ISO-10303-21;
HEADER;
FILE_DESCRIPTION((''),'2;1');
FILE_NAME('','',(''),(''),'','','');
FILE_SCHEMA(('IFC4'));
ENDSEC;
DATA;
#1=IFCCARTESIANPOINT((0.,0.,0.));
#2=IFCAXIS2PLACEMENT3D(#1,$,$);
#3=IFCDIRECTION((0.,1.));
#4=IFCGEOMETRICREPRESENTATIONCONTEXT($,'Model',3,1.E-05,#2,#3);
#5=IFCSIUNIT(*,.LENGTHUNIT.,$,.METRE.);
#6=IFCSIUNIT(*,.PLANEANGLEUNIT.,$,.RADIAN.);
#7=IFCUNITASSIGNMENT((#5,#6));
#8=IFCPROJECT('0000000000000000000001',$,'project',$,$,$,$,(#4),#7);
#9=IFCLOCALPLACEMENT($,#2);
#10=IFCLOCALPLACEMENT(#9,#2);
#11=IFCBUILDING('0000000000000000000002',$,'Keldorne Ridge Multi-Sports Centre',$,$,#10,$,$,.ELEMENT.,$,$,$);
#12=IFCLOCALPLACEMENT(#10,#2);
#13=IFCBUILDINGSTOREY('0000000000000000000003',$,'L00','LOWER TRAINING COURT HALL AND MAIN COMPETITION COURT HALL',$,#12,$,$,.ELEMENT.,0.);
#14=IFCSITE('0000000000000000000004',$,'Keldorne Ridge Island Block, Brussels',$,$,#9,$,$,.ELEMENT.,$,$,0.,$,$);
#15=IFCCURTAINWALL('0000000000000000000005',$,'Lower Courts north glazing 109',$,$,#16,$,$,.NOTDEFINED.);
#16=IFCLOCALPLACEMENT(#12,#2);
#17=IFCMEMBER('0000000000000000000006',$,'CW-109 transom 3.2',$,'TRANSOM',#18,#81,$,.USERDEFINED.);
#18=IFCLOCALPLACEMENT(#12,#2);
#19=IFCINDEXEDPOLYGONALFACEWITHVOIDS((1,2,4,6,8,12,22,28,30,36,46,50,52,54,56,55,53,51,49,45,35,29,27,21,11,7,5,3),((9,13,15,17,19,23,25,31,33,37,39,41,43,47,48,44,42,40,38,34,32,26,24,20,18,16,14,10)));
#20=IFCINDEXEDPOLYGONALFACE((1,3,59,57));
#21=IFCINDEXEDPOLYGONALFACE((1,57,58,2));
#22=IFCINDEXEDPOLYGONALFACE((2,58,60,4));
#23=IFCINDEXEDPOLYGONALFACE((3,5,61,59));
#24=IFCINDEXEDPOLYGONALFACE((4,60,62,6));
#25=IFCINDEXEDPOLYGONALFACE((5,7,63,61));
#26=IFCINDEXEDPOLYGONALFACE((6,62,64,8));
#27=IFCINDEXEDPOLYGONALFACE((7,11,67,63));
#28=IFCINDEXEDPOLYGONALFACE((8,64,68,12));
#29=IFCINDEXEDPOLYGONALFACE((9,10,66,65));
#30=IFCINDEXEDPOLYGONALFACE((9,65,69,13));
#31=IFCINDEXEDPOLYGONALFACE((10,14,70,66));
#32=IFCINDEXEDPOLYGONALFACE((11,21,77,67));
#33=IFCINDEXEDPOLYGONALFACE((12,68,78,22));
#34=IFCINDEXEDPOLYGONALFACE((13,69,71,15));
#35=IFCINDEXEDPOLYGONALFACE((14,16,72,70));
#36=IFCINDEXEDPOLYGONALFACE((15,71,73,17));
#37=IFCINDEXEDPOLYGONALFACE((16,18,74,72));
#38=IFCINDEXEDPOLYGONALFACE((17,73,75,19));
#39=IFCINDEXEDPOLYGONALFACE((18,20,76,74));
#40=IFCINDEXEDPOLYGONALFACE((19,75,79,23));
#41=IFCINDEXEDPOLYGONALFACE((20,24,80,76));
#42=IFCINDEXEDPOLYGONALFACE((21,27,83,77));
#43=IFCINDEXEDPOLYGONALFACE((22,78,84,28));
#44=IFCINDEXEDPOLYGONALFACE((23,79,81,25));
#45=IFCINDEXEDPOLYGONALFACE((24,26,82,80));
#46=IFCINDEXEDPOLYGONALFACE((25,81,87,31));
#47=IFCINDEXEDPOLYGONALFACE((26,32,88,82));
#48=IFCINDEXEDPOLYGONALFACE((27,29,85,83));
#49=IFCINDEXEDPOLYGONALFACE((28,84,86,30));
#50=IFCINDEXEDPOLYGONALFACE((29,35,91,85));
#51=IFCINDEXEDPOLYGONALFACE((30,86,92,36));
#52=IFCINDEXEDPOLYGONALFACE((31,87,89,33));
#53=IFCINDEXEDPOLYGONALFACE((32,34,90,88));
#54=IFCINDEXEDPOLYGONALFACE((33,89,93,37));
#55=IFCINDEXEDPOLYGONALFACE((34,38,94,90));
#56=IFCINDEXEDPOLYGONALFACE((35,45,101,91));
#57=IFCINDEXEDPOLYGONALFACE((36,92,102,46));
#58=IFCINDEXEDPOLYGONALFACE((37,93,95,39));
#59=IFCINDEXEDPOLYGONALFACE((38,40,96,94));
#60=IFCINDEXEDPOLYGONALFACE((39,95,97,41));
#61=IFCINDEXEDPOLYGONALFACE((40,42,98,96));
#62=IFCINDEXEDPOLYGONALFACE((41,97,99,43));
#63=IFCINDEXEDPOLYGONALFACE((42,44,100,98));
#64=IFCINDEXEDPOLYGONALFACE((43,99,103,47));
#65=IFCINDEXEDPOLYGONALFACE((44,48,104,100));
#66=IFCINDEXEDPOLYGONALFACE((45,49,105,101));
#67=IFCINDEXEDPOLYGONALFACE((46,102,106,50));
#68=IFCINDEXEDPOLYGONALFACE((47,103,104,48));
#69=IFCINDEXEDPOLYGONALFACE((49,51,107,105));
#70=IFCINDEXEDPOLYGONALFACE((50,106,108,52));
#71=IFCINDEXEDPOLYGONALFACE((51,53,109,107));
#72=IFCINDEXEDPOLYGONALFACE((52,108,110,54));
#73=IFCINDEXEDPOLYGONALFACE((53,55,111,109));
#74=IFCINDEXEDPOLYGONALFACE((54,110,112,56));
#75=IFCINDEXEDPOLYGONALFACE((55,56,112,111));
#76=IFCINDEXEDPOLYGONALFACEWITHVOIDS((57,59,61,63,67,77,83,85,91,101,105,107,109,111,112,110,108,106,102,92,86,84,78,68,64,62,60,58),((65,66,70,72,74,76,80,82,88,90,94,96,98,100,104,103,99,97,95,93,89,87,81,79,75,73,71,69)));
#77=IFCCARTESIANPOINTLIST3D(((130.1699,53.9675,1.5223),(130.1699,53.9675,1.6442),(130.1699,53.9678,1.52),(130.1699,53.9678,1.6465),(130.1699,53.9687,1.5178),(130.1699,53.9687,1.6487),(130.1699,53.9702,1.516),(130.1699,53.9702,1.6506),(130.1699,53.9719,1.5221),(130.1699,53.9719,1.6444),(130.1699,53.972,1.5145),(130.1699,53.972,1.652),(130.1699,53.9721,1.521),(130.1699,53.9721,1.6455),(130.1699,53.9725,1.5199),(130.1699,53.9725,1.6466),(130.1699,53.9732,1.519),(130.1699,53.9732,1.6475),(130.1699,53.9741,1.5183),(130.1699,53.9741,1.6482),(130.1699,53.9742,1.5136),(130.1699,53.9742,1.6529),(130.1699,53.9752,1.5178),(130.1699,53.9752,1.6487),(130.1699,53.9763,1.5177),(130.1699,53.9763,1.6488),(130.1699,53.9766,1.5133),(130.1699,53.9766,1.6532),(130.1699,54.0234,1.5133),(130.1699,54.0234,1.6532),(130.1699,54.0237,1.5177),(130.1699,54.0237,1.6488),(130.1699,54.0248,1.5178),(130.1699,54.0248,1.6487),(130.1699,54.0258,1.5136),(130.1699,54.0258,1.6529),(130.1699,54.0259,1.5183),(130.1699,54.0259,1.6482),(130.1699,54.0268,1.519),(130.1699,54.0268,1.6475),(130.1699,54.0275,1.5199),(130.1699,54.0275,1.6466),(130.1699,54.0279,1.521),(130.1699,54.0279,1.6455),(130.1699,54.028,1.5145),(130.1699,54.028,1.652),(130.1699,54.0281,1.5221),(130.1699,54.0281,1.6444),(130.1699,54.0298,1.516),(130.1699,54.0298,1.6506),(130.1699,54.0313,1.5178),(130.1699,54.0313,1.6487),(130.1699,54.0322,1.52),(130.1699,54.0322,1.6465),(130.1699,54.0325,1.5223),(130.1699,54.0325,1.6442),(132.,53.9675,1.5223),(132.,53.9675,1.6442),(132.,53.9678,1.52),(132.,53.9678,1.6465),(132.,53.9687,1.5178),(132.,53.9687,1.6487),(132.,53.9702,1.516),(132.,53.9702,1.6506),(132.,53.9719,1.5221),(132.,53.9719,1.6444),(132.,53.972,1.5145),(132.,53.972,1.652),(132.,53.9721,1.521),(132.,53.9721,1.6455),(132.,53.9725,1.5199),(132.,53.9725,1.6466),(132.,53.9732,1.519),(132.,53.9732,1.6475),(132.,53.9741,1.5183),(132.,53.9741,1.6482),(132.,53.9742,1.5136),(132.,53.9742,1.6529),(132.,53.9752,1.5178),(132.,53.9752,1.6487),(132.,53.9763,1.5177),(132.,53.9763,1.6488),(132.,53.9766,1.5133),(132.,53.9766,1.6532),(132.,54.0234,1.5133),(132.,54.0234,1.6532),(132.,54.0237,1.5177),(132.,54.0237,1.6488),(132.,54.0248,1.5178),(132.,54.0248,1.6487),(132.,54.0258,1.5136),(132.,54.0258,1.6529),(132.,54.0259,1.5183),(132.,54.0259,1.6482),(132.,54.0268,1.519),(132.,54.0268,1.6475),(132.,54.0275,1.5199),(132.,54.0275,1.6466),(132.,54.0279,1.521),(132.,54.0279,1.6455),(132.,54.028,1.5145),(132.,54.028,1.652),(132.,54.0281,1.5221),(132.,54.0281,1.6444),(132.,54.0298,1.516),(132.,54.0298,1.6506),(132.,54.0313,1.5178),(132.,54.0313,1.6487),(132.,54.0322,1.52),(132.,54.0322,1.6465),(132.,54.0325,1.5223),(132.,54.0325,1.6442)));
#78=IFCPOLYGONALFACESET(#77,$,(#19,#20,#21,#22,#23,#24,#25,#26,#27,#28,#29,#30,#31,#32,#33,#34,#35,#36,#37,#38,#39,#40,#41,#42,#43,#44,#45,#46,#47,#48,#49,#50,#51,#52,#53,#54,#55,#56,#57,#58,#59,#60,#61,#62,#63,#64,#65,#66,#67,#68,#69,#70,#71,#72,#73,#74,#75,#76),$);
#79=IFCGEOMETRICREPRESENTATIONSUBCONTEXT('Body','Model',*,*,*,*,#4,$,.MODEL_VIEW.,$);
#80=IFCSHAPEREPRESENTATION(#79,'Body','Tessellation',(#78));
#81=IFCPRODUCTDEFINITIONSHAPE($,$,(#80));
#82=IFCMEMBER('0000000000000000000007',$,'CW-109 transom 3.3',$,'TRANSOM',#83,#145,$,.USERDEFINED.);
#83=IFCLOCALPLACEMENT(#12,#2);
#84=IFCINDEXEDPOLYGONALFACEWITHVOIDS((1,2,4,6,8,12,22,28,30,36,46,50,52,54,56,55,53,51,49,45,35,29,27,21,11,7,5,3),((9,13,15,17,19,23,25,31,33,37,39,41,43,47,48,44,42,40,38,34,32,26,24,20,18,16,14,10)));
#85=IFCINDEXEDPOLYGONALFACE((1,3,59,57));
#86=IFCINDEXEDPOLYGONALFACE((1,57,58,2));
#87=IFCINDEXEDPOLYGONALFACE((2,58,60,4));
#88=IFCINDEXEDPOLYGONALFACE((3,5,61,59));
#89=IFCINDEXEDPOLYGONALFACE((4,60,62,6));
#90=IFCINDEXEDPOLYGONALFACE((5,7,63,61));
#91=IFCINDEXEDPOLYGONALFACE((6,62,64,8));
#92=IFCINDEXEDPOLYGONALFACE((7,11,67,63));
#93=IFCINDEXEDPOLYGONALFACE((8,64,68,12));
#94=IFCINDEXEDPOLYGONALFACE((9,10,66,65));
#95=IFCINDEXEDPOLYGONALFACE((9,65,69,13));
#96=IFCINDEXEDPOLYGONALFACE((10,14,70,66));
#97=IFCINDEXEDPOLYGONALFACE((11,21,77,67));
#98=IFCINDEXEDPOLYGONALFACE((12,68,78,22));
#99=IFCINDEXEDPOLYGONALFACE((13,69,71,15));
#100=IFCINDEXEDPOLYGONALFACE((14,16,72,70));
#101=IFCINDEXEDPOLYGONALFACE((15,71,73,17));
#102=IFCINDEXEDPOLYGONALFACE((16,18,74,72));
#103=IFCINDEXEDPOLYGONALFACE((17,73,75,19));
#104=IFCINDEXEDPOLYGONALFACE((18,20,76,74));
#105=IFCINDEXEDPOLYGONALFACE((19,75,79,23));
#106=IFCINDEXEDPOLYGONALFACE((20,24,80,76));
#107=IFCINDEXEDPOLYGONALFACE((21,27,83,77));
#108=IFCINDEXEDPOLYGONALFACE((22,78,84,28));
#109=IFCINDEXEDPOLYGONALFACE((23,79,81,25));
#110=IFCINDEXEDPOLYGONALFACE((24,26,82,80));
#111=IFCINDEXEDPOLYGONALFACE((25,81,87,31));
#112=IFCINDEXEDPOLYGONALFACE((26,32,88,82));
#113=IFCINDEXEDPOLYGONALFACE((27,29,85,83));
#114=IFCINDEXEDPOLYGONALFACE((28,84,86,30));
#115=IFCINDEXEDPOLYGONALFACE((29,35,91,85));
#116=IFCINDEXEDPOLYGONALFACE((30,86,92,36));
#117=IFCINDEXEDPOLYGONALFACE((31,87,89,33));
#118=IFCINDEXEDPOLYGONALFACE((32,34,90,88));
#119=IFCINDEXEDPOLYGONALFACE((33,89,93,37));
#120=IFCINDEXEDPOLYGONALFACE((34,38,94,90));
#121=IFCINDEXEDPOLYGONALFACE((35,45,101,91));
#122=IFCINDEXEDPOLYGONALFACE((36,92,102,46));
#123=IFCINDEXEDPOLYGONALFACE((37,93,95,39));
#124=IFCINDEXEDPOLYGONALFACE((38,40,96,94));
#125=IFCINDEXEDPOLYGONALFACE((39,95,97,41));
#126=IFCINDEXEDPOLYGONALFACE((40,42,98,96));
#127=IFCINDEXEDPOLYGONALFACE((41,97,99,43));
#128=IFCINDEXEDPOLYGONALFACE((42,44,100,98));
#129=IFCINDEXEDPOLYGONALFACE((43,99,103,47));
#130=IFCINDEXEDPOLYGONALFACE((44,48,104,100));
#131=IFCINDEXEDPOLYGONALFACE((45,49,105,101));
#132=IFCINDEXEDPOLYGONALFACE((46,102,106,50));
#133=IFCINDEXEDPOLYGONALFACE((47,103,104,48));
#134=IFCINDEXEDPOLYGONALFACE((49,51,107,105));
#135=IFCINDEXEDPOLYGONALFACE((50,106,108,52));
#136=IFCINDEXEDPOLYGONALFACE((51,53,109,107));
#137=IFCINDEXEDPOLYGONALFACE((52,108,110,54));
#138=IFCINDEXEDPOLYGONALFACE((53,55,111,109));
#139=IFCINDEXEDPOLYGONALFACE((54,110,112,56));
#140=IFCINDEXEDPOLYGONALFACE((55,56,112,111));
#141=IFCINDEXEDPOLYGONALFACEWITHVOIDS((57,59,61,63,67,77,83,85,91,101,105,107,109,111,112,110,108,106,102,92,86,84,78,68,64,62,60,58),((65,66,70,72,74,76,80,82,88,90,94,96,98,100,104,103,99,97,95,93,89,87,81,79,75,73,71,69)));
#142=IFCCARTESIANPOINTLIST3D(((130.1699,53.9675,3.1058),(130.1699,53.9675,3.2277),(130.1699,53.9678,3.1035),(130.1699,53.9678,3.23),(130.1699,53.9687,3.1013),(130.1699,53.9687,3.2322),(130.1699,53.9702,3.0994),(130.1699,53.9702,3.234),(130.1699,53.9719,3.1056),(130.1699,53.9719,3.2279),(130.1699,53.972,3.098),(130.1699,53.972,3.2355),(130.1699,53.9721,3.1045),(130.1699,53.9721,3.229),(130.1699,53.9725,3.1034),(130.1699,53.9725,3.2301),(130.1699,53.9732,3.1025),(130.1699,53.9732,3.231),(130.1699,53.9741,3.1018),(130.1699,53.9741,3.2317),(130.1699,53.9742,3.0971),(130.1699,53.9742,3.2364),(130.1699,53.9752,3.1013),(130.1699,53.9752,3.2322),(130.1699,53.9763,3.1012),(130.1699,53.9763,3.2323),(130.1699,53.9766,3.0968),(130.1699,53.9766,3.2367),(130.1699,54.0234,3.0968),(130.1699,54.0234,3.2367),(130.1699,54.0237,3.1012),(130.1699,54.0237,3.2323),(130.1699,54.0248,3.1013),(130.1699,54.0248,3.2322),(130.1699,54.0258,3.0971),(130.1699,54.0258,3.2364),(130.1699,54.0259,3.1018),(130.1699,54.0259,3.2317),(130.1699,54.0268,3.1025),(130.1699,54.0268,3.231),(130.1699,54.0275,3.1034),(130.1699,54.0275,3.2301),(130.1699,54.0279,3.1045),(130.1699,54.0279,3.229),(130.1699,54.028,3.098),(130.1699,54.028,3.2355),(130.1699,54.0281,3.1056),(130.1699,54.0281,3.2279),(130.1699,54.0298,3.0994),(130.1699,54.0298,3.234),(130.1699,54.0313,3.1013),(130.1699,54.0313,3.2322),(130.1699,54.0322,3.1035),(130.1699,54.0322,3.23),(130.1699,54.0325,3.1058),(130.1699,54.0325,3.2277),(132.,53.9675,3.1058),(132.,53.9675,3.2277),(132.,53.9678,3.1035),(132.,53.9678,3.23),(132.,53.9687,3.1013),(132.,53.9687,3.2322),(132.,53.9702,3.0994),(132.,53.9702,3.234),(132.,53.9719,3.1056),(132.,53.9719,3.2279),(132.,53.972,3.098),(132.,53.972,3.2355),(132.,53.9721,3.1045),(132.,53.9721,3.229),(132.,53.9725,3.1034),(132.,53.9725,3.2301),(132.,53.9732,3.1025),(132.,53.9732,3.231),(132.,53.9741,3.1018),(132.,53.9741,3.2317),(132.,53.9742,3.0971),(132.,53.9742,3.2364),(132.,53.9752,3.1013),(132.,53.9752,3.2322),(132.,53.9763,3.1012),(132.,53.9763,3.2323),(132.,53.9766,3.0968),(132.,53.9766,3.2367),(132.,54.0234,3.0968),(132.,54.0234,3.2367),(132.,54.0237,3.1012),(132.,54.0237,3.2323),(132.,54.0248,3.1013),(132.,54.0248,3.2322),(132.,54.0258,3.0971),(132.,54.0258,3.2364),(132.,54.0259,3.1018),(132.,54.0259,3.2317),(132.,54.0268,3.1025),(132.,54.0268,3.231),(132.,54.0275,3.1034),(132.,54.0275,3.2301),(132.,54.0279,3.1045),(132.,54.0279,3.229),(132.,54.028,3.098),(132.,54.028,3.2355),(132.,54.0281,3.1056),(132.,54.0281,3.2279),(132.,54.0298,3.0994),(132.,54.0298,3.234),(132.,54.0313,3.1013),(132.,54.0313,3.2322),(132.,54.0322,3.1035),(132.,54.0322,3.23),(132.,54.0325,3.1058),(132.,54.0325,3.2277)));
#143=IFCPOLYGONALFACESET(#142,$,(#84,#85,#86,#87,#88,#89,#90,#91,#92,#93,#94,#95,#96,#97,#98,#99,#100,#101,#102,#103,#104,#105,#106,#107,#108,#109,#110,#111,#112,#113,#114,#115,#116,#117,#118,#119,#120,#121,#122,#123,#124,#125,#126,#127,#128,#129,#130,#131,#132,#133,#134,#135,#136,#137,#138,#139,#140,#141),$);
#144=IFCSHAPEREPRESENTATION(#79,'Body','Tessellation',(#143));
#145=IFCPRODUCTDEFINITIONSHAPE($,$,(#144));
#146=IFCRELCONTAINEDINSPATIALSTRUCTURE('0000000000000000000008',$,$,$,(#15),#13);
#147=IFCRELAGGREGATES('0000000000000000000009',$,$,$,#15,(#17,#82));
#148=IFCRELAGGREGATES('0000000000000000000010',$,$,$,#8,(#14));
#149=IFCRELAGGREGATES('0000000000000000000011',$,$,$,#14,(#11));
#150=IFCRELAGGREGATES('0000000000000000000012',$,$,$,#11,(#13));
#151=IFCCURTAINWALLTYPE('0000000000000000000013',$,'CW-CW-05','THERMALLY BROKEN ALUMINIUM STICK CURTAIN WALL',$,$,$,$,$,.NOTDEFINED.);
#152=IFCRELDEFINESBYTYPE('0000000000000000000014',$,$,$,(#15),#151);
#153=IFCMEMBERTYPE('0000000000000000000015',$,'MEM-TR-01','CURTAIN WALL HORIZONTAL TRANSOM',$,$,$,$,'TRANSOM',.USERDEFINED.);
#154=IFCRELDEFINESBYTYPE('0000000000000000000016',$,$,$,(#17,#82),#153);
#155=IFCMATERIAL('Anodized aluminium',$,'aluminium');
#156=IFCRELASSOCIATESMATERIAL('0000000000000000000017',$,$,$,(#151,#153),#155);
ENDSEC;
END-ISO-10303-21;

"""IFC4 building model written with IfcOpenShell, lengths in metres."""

from ifc_helpers import new_model, si_unit, direction, frame, origin, origin_2d, place, context, subcontext, project, spatial, hollow_rectangle, extrude, material, material_profile, profile_set, type_object, element, aggregate, save


model = new_model("IFC4")

# Units and contexts
model_context = context("Model", 3, precision=1e-05, world=origin(), true_north=direction((0.0, 1.0)))
body_context = subcontext(model_context, "Body", "Model", "MODEL_VIEW")
ifc_project = project(units=[si_unit("LENGTHUNIT", "METRE"), si_unit("PLANEANGLEUNIT", "RADIAN")], contexts=[model_context])

# Site, building, storey
site_placement = place(None, origin())
site = spatial("IfcSite", under=ifc_project, at=site_placement, Name="Keldorne Ridge Island Block, Brussels", CompositionType="ELEMENT", RefElevation=0.0)
building_placement = place(site_placement, origin())
building = spatial("IfcBuilding", under=site, at=building_placement, Name="Keldorne Ridge Multi-Sports Centre", CompositionType="ELEMENT")
storey_placement = place(building_placement, origin())
storey = spatial("IfcBuildingStorey", under=building, at=storey_placement, Name="L00", Description="LOWER TRAINING COURT HALL AND MAIN COMPETITION COURT HALL", CompositionType="ELEMENT", Elevation=0.0)

# Curtain wall, members
ifc_material_1 = material(Name="Anodized aluminium", Category="aluminium")
curtain_wall_type = type_object("IfcCurtainWallType", Name="CW-CW-05", Description="THERMALLY BROKEN ALUMINIUM STICK CURTAIN WALL", PredefinedType="NOTDEFINED", material=ifc_material_1)
curtain_wall_placement = place(storey_placement, origin())
curtain_wall = element("IfcCurtainWall", 1, at=curtain_wall_placement, inside=storey, type_object=curtain_wall_type, Name="Lower Courts north glazing 109", PredefinedType="NOTDEFINED")
ifc_material_profile_1 = material_profile(ifc_material_1, hollow_rectangle(XDim=0.0649, YDim=0.1399, WallThickness=0.0044, InnerFilletRadius=0.0044, OuterFilletRadius=0.009, at=origin_2d()), Name="ALU TRANSOM 140x65x4.5")
ifc_profile_set_1 = profile_set([ifc_material_profile_1], Name="Anodized aluminium")
member_type_1 = type_object("IfcMemberType", Name="MEM-TR-01", Description="CURTAIN WALL HORIZONTAL TRANSOM", ElementType="TRANSOM", PredefinedType="USERDEFINED", material=ifc_profile_set_1)
member_1_placement = place(storey_placement, frame((132.0, 54.0, 1.5833), z_axis=(-1.0, 0.0, 0.0), x_axis=(0.0, -1.0, 0.0)))
member_1 = element("IfcMember", 2, at=member_1_placement, type_object=member_type_1, Name="CW-109 transom 3.2", ObjectType="TRANSOM", PredefinedType="USERDEFINED", context=body_context, shape_type="SweptSolid", body=[
    extrude(hollow_rectangle(XDim=0.0649, YDim=0.1399, WallThickness=0.0044, InnerFilletRadius=0.0044, OuterFilletRadius=0.009, at=origin_2d()), origin(), (0.0, 0.0, 1.0), 1.8301),
])
member_2_placement = place(storey_placement, frame((132.0, 54.0, 3.1667), z_axis=(-1.0, 0.0, 0.0), x_axis=(0.0, -1.0, 0.0)))
member_2 = element("IfcMember", 3, at=member_2_placement, type_object=member_type_1, Name="CW-109 transom 3.3", ObjectType="TRANSOM", PredefinedType="USERDEFINED", context=body_context, shape_type="SweptSolid", body=[
    extrude(hollow_rectangle(XDim=0.0649, YDim=0.1399, WallThickness=0.0044, InnerFilletRadius=0.0044, OuterFilletRadius=0.009, at=origin_2d()), origin(), (0.0, 0.0, 1.0), 1.8301),
])
aggregate(curtain_wall, [member_1, member_2])

save(model, "model.ifc")
